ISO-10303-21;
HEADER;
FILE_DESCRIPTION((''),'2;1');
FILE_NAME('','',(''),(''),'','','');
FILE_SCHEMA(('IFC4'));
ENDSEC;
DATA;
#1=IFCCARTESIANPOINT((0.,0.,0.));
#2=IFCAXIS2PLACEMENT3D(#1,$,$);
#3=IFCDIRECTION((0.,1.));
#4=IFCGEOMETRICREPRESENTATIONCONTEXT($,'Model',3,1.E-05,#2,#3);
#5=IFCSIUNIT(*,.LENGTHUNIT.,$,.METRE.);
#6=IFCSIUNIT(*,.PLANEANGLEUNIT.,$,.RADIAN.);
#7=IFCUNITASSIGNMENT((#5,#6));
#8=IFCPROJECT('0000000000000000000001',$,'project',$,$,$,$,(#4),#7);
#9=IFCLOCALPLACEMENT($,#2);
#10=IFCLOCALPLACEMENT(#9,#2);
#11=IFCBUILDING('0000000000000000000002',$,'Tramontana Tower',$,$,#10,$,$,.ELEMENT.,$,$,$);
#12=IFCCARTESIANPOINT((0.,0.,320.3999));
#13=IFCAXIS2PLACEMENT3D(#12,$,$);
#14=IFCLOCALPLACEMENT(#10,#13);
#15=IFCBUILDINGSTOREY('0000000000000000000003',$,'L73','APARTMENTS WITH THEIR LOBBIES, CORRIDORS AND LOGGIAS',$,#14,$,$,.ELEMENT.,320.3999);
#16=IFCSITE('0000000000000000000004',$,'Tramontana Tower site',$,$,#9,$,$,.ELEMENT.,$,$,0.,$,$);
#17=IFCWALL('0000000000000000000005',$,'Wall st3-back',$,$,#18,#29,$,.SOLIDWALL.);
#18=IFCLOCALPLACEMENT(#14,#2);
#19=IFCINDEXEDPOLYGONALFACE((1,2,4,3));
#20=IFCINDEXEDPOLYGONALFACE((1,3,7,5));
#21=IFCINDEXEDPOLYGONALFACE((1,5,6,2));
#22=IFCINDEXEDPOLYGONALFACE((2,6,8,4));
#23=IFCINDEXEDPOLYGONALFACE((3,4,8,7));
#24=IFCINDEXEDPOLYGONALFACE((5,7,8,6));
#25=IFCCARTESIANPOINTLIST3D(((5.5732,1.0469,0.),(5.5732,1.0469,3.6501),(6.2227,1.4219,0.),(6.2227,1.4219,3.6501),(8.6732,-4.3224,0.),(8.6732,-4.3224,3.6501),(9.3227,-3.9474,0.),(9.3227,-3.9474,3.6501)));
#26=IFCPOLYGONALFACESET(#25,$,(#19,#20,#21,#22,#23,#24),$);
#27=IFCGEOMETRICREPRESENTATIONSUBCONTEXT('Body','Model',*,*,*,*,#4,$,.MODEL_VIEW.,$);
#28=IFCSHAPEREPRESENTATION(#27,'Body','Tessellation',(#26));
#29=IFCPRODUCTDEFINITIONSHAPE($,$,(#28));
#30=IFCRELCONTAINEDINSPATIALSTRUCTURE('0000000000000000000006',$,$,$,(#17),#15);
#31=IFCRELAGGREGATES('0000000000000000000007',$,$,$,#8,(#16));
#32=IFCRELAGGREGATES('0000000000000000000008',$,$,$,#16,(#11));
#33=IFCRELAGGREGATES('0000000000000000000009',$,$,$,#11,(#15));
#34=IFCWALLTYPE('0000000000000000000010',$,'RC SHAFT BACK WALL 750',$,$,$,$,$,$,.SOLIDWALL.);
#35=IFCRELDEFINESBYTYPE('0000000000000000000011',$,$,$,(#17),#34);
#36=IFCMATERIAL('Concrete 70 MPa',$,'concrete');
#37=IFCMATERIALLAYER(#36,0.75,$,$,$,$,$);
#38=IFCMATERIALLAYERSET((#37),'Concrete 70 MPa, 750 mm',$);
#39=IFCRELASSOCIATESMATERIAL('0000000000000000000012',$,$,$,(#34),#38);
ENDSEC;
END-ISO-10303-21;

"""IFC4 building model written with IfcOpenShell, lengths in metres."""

from ifc_helpers import new_model, si_unit, direction, frame, frame_2d, origin, place, context, subcontext, project, spatial, rectangle, extrude, material, layer, layer_set, type_object, element, save


model = new_model("IFC4")

# Units and contexts
model_context = context("Model", 3, precision=1e-05, world=origin(), true_north=direction((0.0, 1.0)))
body_context = subcontext(model_context, "Body", "Model", "MODEL_VIEW")
ifc_project = project(units=[si_unit("LENGTHUNIT", "METRE"), si_unit("PLANEANGLEUNIT", "RADIAN")], contexts=[model_context])

# Site, building, storey
site_placement = place(None, origin())
site = spatial("IfcSite", under=ifc_project, at=site_placement, Name="Tramontana Tower site", CompositionType="ELEMENT", RefElevation=0.0)
building_placement = place(site_placement, origin())
building = spatial("IfcBuilding", under=site, at=building_placement, Name="Tramontana Tower", CompositionType="ELEMENT")
storey_placement = place(building_placement, frame((0.0, 0.0, 320.3999)))
storey = spatial("IfcBuildingStorey", under=building, at=storey_placement, Name="L73", Description="APARTMENTS WITH THEIR LOBBIES, CORRIDORS AND LOGGIAS", CompositionType="ELEMENT", Elevation=320.3999)

# Wall
ifc_material_1 = material(Name="Concrete 70 MPa", Category="concrete")
ifc_layer_1 = layer(ifc_material_1, 0.75)
ifc_layer_set_1 = layer_set([ifc_layer_1], Name="Concrete 70 MPa, 750 mm")
wall_type_1 = type_object("IfcWallType", Name="RC SHAFT BACK WALL 750", PredefinedType="SOLIDWALL", material=ifc_layer_set_1)
wall_1_placement = place(storey_placement, frame((8.998, -4.135, 0.0), z_axis=(0.0, 0.0, 1.0), x_axis=(-0.50001, 0.86602, 0.0)))
element("IfcWall", 1, at=wall_1_placement, inside=storey, type_object=wall_type_1, Name="Wall st3-back", PredefinedType="SOLIDWALL", context=body_context, shape_type="SweptSolid", body=[
    extrude(rectangle(XDim=6.2, YDim=0.75, at=frame_2d((3.1001, 0.0))), origin(), (0.0, 0.0, 1.0), 3.6501),
])

save(model, "model.ifc")
